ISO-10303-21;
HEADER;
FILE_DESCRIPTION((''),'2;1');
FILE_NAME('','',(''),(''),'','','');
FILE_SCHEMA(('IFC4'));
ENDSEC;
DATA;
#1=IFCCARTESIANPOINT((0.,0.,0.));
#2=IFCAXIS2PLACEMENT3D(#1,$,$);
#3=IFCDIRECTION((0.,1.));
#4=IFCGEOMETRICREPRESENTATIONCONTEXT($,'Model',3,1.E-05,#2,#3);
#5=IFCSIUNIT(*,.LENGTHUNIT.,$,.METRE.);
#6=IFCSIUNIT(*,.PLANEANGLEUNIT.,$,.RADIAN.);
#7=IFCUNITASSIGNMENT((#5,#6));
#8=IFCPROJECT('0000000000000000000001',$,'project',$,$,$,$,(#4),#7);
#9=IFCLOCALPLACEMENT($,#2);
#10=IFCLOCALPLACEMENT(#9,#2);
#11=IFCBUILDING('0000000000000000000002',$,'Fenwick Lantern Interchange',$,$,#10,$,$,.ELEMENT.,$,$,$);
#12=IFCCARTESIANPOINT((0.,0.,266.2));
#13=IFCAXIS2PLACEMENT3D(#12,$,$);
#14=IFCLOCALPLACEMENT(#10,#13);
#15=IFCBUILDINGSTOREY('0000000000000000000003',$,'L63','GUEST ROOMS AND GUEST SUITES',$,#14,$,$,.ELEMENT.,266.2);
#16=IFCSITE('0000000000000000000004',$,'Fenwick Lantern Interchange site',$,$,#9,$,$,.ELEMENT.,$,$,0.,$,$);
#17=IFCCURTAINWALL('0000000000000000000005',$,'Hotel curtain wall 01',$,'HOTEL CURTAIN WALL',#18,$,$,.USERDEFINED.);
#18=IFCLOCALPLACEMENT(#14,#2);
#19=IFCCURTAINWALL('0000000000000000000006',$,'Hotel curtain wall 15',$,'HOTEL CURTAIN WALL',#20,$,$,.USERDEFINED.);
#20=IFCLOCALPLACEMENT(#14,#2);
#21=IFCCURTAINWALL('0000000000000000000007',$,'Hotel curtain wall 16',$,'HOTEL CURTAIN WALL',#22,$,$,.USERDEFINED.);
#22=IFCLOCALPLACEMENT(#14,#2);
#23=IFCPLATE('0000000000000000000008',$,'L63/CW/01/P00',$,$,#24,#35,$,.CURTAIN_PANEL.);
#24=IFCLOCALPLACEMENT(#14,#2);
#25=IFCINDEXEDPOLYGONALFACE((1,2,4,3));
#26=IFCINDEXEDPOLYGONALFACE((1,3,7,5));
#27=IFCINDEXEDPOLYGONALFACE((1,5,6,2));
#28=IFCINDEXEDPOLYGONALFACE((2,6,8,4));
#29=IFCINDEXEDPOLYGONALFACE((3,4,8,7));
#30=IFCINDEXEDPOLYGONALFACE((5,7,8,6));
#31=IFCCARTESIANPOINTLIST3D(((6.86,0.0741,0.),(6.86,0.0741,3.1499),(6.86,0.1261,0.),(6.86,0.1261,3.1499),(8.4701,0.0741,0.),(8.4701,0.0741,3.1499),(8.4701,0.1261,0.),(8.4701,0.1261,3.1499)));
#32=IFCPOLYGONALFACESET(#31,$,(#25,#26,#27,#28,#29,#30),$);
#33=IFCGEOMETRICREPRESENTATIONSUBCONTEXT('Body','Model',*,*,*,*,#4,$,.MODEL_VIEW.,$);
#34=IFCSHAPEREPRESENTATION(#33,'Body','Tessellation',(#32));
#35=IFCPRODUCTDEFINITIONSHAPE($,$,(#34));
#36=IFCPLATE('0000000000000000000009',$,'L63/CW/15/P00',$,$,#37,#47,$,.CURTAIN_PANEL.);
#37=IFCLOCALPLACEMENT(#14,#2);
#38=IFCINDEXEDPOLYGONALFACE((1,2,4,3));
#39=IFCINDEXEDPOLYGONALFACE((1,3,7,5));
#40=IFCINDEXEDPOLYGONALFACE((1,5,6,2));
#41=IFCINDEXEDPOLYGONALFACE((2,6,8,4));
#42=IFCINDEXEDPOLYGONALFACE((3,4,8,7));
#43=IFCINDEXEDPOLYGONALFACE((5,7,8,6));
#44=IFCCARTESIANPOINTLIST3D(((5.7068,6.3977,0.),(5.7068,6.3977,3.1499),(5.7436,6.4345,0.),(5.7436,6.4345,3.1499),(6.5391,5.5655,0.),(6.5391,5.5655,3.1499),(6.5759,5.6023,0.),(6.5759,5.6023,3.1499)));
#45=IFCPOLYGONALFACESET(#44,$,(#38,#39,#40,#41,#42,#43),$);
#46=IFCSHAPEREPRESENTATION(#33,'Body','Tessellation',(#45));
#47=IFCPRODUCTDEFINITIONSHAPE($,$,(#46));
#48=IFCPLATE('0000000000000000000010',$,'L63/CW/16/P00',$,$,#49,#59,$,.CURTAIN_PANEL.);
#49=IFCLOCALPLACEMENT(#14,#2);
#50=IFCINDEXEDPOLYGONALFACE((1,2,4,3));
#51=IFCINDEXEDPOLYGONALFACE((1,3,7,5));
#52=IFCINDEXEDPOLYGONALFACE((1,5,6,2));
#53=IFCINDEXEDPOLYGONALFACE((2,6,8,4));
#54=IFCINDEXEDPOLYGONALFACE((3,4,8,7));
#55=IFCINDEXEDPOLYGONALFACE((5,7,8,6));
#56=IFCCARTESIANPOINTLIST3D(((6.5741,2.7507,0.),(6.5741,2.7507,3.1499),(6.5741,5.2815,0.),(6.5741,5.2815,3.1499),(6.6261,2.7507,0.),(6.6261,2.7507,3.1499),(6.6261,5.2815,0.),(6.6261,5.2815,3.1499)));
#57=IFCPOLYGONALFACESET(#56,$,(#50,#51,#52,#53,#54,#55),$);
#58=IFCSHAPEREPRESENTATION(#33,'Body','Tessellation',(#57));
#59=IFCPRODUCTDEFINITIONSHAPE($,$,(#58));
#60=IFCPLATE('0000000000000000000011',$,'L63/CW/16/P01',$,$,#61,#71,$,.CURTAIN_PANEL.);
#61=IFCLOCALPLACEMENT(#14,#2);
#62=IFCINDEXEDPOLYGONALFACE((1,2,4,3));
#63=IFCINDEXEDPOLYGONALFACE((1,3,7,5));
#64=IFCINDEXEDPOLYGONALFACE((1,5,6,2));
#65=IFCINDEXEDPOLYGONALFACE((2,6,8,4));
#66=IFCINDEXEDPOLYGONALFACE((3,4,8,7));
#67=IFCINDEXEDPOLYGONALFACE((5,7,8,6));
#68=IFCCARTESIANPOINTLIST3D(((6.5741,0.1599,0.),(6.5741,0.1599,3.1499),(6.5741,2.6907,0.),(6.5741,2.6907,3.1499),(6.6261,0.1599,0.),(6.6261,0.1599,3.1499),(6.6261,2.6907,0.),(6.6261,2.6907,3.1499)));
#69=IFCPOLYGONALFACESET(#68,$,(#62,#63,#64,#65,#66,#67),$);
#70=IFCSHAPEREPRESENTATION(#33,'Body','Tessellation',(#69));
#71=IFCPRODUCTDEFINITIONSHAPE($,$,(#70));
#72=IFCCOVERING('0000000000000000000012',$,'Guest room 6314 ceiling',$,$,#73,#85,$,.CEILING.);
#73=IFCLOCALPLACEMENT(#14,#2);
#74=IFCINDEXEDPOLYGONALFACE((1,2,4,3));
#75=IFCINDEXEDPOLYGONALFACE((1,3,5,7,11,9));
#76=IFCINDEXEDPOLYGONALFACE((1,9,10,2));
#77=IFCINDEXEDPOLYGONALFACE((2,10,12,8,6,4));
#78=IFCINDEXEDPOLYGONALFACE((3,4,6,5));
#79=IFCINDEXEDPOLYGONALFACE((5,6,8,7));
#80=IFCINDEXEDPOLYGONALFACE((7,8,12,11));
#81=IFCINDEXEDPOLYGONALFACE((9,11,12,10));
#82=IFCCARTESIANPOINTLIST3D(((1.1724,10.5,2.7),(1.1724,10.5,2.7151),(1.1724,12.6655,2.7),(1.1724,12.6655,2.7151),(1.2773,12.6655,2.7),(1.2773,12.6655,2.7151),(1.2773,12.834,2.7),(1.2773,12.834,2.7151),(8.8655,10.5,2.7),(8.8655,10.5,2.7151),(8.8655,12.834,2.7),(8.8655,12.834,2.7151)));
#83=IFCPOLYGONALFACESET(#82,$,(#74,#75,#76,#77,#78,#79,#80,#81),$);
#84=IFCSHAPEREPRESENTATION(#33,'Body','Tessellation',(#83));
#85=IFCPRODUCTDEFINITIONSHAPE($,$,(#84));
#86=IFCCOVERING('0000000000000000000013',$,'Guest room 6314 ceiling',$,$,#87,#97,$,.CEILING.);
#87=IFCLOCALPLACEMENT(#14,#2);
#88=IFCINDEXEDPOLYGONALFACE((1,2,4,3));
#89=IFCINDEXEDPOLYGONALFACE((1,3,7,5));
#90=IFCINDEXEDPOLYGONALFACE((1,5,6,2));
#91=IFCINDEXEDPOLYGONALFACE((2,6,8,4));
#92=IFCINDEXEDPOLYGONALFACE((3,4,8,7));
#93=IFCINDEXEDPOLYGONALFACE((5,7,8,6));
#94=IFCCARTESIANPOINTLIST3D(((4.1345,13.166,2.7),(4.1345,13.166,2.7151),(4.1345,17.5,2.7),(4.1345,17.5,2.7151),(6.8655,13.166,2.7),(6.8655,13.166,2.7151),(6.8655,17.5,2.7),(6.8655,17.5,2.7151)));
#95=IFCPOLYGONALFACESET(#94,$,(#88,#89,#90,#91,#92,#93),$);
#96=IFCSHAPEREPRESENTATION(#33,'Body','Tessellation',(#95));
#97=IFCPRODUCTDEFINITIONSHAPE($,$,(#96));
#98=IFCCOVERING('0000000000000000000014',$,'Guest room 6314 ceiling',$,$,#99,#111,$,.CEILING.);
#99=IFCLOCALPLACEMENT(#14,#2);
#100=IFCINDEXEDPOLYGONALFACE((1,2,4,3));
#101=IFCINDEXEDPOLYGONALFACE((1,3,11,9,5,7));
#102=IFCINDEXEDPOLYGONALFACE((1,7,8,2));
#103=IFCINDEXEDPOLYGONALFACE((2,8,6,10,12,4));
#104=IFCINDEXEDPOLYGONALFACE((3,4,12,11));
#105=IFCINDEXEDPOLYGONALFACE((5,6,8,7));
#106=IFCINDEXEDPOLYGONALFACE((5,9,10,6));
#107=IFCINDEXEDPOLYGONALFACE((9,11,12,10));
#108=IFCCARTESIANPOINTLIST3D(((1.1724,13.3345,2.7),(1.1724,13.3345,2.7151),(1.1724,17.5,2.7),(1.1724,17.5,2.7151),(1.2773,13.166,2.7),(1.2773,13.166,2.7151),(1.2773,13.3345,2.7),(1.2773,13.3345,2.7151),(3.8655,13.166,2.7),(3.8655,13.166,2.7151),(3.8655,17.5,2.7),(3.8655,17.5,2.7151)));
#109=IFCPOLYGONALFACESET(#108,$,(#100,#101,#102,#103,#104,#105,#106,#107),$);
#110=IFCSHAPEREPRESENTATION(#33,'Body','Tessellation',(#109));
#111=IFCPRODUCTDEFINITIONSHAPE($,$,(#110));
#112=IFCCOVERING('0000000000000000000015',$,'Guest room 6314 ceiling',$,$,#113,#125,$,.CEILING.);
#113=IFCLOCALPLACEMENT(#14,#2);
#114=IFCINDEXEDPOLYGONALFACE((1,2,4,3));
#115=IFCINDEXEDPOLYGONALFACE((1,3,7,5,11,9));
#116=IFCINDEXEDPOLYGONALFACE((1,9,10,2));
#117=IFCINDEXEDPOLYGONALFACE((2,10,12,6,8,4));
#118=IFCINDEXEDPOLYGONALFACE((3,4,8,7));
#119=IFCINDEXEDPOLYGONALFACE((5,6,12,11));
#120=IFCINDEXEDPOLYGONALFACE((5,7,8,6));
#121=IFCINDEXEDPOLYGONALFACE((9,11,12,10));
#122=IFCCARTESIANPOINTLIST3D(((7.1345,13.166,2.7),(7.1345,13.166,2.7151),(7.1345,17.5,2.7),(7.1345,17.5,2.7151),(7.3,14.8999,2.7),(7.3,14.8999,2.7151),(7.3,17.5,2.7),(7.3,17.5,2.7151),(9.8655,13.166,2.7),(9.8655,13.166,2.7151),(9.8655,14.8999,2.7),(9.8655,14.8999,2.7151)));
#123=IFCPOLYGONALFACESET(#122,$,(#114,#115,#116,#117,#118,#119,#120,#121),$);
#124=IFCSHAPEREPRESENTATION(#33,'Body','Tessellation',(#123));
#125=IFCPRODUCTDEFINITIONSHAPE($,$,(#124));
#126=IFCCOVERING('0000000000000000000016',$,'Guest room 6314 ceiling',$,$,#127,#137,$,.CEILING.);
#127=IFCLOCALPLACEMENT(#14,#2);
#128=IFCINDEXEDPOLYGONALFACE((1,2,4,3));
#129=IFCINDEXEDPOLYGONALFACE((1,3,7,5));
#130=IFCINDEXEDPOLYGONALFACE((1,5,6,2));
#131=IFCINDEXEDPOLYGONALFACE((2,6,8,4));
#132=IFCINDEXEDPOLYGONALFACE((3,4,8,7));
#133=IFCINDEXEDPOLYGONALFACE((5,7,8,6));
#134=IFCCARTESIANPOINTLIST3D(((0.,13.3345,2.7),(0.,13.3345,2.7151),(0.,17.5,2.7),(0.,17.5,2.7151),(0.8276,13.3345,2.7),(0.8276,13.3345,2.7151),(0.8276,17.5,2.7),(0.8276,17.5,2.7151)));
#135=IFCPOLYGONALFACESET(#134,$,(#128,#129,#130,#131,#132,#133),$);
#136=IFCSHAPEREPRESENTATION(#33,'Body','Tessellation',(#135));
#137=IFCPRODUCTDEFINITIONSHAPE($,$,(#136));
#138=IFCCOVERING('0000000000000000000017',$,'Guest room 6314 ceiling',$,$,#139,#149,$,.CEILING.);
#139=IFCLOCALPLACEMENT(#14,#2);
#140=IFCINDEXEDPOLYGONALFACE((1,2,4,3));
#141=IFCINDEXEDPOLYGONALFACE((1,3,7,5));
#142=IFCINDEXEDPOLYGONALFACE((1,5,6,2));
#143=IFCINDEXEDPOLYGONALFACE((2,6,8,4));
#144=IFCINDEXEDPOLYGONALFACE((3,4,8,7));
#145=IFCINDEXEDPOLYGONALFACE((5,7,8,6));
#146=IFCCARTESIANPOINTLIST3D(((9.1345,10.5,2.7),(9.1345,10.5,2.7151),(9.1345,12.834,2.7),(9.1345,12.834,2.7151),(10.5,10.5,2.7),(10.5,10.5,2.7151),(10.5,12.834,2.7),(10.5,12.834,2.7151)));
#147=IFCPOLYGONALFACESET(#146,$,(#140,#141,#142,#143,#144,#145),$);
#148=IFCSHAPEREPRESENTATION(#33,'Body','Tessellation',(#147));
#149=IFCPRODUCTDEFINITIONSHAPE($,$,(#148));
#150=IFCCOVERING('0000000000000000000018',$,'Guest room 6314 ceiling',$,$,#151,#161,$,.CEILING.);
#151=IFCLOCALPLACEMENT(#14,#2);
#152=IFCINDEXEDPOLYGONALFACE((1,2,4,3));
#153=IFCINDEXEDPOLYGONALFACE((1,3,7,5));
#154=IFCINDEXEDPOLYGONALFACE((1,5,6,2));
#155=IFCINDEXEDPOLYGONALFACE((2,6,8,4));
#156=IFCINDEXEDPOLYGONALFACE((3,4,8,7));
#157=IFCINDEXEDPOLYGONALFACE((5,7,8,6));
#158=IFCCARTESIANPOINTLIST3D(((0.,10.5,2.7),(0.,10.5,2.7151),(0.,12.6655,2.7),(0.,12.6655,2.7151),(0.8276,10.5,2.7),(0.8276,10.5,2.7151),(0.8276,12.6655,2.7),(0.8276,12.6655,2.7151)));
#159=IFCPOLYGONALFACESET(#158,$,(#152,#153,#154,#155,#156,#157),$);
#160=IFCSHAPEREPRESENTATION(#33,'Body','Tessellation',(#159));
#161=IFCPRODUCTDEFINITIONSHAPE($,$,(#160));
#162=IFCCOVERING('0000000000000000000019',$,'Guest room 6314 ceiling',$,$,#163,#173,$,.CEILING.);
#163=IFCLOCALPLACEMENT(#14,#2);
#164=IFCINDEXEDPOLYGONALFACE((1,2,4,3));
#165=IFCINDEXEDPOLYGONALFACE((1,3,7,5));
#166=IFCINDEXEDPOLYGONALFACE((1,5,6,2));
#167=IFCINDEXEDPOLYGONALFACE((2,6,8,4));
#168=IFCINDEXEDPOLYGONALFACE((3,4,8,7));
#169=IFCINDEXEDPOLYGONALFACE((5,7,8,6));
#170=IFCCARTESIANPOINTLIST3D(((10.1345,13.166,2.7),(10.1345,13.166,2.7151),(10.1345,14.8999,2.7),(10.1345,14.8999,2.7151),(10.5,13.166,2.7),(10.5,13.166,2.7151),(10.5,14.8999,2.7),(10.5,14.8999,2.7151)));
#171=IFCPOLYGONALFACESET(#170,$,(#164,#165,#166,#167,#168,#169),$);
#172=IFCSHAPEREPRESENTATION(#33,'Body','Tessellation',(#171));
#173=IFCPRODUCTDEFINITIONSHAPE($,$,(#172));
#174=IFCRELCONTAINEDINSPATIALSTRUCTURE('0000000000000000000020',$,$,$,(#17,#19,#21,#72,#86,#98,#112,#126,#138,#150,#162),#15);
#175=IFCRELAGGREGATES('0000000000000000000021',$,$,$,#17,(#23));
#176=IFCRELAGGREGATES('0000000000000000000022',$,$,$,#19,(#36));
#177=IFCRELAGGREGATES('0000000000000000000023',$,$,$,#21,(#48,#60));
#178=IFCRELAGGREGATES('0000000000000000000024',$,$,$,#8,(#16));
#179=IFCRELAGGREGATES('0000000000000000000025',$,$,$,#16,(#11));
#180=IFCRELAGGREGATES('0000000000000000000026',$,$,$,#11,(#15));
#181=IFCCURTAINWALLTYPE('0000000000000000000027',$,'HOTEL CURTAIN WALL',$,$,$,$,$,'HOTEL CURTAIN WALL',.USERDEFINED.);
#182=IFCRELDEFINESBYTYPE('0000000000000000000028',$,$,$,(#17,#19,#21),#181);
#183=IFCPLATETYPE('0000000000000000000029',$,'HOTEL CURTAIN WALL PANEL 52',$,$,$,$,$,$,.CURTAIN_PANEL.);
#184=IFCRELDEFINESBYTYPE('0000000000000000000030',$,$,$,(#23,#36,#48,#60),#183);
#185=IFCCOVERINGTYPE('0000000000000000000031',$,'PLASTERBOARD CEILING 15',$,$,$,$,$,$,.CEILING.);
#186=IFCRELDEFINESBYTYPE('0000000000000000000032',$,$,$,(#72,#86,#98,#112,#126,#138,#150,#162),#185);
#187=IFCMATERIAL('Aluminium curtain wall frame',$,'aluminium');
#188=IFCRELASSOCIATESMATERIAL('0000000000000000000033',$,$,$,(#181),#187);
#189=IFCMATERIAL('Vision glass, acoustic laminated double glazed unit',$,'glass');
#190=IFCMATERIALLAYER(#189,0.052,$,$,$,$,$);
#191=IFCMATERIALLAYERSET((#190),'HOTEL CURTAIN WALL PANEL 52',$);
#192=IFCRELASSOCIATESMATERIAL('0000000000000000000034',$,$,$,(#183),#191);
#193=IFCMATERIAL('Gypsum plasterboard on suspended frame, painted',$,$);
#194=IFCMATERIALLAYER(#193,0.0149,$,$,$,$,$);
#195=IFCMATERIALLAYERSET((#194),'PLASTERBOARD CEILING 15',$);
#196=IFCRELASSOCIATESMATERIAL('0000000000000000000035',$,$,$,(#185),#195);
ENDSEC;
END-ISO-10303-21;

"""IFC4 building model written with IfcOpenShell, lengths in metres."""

from ifc_helpers import new_model, si_unit, direction, frame, origin, origin_2d, place, context, subcontext, project, spatial, polyline, rectangle, outline, extrude, material, layer, layer_set, type_object, element, aggregate, save


model = new_model("IFC4")

# Units and contexts
model_context = context("Model", 3, precision=1e-05, world=origin(), true_north=direction((0.0, 1.0)))
body_context = subcontext(model_context, "Body", "Model", "MODEL_VIEW")
ifc_project = project(units=[si_unit("LENGTHUNIT", "METRE"), si_unit("PLANEANGLEUNIT", "RADIAN")], contexts=[model_context])

# Site, building, storey
site_placement = place(None, origin())
site = spatial("IfcSite", under=ifc_project, at=site_placement, Name="Fenwick Lantern Interchange site", CompositionType="ELEMENT", RefElevation=0.0)
building_placement = place(site_placement, origin())
building = spatial("IfcBuilding", under=site, at=building_placement, Name="Fenwick Lantern Interchange", CompositionType="ELEMENT")
storey_placement = place(building_placement, frame((0.0, 0.0, 266.2)))
storey = spatial("IfcBuildingStorey", under=building, at=storey_placement, Name="L63", Description="GUEST ROOMS AND GUEST SUITES", CompositionType="ELEMENT", Elevation=266.2)

# Curtain wall
ifc_material_1 = material(Name="Aluminium curtain wall frame", Category="aluminium")
curtain_wall_type = type_object("IfcCurtainWallType", Name="HOTEL CURTAIN WALL", ElementType="HOTEL CURTAIN WALL", PredefinedType="USERDEFINED", material=ifc_material_1)
curtain_wall_1_placement = place(storey_placement, origin())
curtain_wall_1 = element("IfcCurtainWall", 1, at=curtain_wall_1_placement, inside=storey, type_object=curtain_wall_type, Name="Hotel curtain wall 01", ObjectType="HOTEL CURTAIN WALL", PredefinedType="USERDEFINED")

# Curtain wall
curtain_wall_2_placement = place(storey_placement, origin())
curtain_wall_2 = element("IfcCurtainWall", 2, at=curtain_wall_2_placement, inside=storey, type_object=curtain_wall_type, Name="Hotel curtain wall 15", ObjectType="HOTEL CURTAIN WALL", PredefinedType="USERDEFINED")

# Curtain wall
curtain_wall_3_placement = place(storey_placement, origin())
curtain_wall_3 = element("IfcCurtainWall", 3, at=curtain_wall_3_placement, inside=storey, type_object=curtain_wall_type, Name="Hotel curtain wall 16", ObjectType="HOTEL CURTAIN WALL", PredefinedType="USERDEFINED")

# Plates
ifc_material_2 = material(Name="Vision glass, acoustic laminated double glazed unit", Category="glass")
ifc_layer_1 = layer(ifc_material_2, 0.052)
ifc_layer_set_1 = layer_set([ifc_layer_1], Name="HOTEL CURTAIN WALL PANEL 52")
plate_type = type_object("IfcPlateType", Name="HOTEL CURTAIN WALL PANEL 52", PredefinedType="CURTAIN_PANEL", material=ifc_layer_set_1)
plate_1_placement = place(storey_placement, frame((7.665, 0.1001, 0.0), z_axis=(0.0, 0.0, 1.0), x_axis=(1.0, 0.0, 0.0)))
plate_1 = element("IfcPlate", 4, at=plate_1_placement, type_object=plate_type, Name="L63/CW/01/P00", PredefinedType="CURTAIN_PANEL", context=body_context, shape_type="SweptSolid", body=[
    extrude(rectangle(XDim=1.6101, YDim=0.052, at=origin_2d()), origin(), (0.0, 0.0, 1.0), 3.1499),
])
aggregate(curtain_wall_1, [plate_1])
plate_2_placement = place(storey_placement, frame((6.1414, 6.0, 0.0), z_axis=(0.0, 0.0, 1.0), x_axis=(0.707107, -0.707107, 0.0)))
plate_2 = element("IfcPlate", 5, at=plate_2_placement, type_object=plate_type, Name="L63/CW/15/P00", PredefinedType="CURTAIN_PANEL", context=body_context, shape_type="SweptSolid", body=[
    extrude(rectangle(XDim=1.177, YDim=0.052, at=origin_2d()), origin(), (0.0, 0.0, 1.0), 3.1499),
])
aggregate(curtain_wall_2, [plate_2])
plate_3_placement = place(storey_placement, frame((6.6001, 4.0161, 0.0), z_axis=(0.0, 0.0, 1.0), x_axis=(0.0, -1.0, 0.0)))
plate_3 = element("IfcPlate", 6, at=plate_3_placement, type_object=plate_type, Name="L63/CW/16/P00", PredefinedType="CURTAIN_PANEL", context=body_context, shape_type="SweptSolid", body=[
    extrude(rectangle(XDim=2.5308, YDim=0.052, at=origin_2d()), origin(), (0.0, 0.0, 1.0), 3.1499),
])
plate_4_placement = place(storey_placement, frame((6.6001, 1.4253, 0.0), z_axis=(0.0, 0.0, 1.0), x_axis=(0.0, -1.0, 0.0)))
plate_4 = element("IfcPlate", 7, at=plate_4_placement, type_object=plate_type, Name="L63/CW/16/P01", PredefinedType="CURTAIN_PANEL", context=body_context, shape_type="SweptSolid", body=[
    extrude(rectangle(XDim=2.5308, YDim=0.052, at=origin_2d()), origin(), (0.0, 0.0, 1.0), 3.1499),
])
aggregate(curtain_wall_3, [plate_3, plate_4])

# Coverings
ifc_material_3 = material(Name="Gypsum plasterboard on suspended frame, painted")
ifc_layer_2 = layer(ifc_material_3, 0.0149)
ifc_layer_set_2 = layer_set([ifc_layer_2], Name="PLASTERBOARD CEILING 15")
covering_type_1 = type_object("IfcCoveringType", Name="PLASTERBOARD CEILING 15", PredefinedType="CEILING", material=ifc_layer_set_2)
covering_1_placement = place(storey_placement, frame((0.0, 0.0, 2.7)))
element("IfcCovering", 8, at=covering_1_placement, inside=storey, type_object=covering_type_1, Name="Guest room 6314 ceiling", PredefinedType="CEILING", context=body_context, shape_type="SweptSolid", body=[
    extrude(outline(polyline([(1.2773, 12.6655), (1.1724, 12.6655), (1.1724, 10.5), (8.8655, 10.5), (8.8655, 12.834), (1.2773, 12.834), (1.2773, 12.6655)])), origin(), (0.0, 0.0, 1.0), 0.0151),
])
covering_2_placement = place(storey_placement, frame((0.0, 0.0, 2.7)))
element("IfcCovering", 9, at=covering_2_placement, inside=storey, type_object=covering_type_1, Name="Guest room 6314 ceiling", PredefinedType="CEILING", context=body_context, shape_type="SweptSolid", body=[
    extrude(outline(polyline([(6.8655, 17.5), (4.1345, 17.5), (4.1345, 13.166), (6.8655, 13.166), (6.8655, 17.5)])), origin(), (0.0, 0.0, 1.0), 0.0151),
])
covering_3_placement = place(storey_placement, frame((0.0, 0.0, 2.7)))
element("IfcCovering", 10, at=covering_3_placement, inside=storey, type_object=covering_type_1, Name="Guest room 6314 ceiling", PredefinedType="CEILING", context=body_context, shape_type="SweptSolid", body=[
    extrude(outline(polyline([(1.2773, 13.3345), (1.2773, 13.166), (3.8655, 13.166), (3.8655, 17.5), (1.1724, 17.5), (1.1724, 13.3345), (1.2773, 13.3345)])), origin(), (0.0, 0.0, 1.0), 0.0151),
])
covering_4_placement = place(storey_placement, frame((0.0, 0.0, 2.7)))
element("IfcCovering", 11, at=covering_4_placement, inside=storey, type_object=covering_type_1, Name="Guest room 6314 ceiling", PredefinedType="CEILING", context=body_context, shape_type="SweptSolid", body=[
    extrude(outline(polyline([(7.3, 17.5), (7.1345, 17.5), (7.1345, 13.166), (9.8655, 13.166), (9.8655, 14.8999), (7.3, 14.8999), (7.3, 17.5)])), origin(), (0.0, 0.0, 1.0), 0.0151),
])
covering_5_placement = place(storey_placement, frame((0.0, 0.0, 2.7)))
element("IfcCovering", 12, at=covering_5_placement, inside=storey, type_object=covering_type_1, Name="Guest room 6314 ceiling", PredefinedType="CEILING", context=body_context, shape_type="SweptSolid", body=[
    extrude(outline(polyline([(0.0, 13.3345), (0.8276, 13.3345), (0.8276, 17.5), (0.0, 17.5), (0.0, 13.3345)])), origin(), (0.0, 0.0, 1.0), 0.0151),
])
covering_6_placement = place(storey_placement, frame((0.0, 0.0, 2.7)))
element("IfcCovering", 13, at=covering_6_placement, inside=storey, type_object=covering_type_1, Name="Guest room 6314 ceiling", PredefinedType="CEILING", context=body_context, shape_type="SweptSolid", body=[
    extrude(outline(polyline([(10.5, 10.5), (10.5, 12.834), (9.1345, 12.834), (9.1345, 10.5), (10.5, 10.5)])), origin(), (0.0, 0.0, 1.0), 0.0151),
])
covering_7_placement = place(storey_placement, frame((0.0, 0.0, 2.7)))
element("IfcCovering", 14, at=covering_7_placement, inside=storey, type_object=covering_type_1, Name="Guest room 6314 ceiling", PredefinedType="CEILING", context=body_context, shape_type="SweptSolid", body=[
    extrude(outline(polyline([(0.0, 12.6655), (0.0, 10.5), (0.8276, 10.5), (0.8276, 12.6655), (0.0, 12.6655)])), origin(), (0.0, 0.0, 1.0), 0.0151),
])
covering_8_placement = place(storey_placement, frame((0.0, 0.0, 2.7)))
element("IfcCovering", 15, at=covering_8_placement, inside=storey, type_object=covering_type_1, Name="Guest room 6314 ceiling", PredefinedType="CEILING", context=body_context, shape_type="SweptSolid", body=[
    extrude(outline(polyline([(10.5, 14.8999), (10.1345, 14.8999), (10.1345, 13.166), (10.5, 13.166), (10.5, 14.8999)])), origin(), (0.0, 0.0, 1.0), 0.0151),
])

save(model, "model.ifc")
